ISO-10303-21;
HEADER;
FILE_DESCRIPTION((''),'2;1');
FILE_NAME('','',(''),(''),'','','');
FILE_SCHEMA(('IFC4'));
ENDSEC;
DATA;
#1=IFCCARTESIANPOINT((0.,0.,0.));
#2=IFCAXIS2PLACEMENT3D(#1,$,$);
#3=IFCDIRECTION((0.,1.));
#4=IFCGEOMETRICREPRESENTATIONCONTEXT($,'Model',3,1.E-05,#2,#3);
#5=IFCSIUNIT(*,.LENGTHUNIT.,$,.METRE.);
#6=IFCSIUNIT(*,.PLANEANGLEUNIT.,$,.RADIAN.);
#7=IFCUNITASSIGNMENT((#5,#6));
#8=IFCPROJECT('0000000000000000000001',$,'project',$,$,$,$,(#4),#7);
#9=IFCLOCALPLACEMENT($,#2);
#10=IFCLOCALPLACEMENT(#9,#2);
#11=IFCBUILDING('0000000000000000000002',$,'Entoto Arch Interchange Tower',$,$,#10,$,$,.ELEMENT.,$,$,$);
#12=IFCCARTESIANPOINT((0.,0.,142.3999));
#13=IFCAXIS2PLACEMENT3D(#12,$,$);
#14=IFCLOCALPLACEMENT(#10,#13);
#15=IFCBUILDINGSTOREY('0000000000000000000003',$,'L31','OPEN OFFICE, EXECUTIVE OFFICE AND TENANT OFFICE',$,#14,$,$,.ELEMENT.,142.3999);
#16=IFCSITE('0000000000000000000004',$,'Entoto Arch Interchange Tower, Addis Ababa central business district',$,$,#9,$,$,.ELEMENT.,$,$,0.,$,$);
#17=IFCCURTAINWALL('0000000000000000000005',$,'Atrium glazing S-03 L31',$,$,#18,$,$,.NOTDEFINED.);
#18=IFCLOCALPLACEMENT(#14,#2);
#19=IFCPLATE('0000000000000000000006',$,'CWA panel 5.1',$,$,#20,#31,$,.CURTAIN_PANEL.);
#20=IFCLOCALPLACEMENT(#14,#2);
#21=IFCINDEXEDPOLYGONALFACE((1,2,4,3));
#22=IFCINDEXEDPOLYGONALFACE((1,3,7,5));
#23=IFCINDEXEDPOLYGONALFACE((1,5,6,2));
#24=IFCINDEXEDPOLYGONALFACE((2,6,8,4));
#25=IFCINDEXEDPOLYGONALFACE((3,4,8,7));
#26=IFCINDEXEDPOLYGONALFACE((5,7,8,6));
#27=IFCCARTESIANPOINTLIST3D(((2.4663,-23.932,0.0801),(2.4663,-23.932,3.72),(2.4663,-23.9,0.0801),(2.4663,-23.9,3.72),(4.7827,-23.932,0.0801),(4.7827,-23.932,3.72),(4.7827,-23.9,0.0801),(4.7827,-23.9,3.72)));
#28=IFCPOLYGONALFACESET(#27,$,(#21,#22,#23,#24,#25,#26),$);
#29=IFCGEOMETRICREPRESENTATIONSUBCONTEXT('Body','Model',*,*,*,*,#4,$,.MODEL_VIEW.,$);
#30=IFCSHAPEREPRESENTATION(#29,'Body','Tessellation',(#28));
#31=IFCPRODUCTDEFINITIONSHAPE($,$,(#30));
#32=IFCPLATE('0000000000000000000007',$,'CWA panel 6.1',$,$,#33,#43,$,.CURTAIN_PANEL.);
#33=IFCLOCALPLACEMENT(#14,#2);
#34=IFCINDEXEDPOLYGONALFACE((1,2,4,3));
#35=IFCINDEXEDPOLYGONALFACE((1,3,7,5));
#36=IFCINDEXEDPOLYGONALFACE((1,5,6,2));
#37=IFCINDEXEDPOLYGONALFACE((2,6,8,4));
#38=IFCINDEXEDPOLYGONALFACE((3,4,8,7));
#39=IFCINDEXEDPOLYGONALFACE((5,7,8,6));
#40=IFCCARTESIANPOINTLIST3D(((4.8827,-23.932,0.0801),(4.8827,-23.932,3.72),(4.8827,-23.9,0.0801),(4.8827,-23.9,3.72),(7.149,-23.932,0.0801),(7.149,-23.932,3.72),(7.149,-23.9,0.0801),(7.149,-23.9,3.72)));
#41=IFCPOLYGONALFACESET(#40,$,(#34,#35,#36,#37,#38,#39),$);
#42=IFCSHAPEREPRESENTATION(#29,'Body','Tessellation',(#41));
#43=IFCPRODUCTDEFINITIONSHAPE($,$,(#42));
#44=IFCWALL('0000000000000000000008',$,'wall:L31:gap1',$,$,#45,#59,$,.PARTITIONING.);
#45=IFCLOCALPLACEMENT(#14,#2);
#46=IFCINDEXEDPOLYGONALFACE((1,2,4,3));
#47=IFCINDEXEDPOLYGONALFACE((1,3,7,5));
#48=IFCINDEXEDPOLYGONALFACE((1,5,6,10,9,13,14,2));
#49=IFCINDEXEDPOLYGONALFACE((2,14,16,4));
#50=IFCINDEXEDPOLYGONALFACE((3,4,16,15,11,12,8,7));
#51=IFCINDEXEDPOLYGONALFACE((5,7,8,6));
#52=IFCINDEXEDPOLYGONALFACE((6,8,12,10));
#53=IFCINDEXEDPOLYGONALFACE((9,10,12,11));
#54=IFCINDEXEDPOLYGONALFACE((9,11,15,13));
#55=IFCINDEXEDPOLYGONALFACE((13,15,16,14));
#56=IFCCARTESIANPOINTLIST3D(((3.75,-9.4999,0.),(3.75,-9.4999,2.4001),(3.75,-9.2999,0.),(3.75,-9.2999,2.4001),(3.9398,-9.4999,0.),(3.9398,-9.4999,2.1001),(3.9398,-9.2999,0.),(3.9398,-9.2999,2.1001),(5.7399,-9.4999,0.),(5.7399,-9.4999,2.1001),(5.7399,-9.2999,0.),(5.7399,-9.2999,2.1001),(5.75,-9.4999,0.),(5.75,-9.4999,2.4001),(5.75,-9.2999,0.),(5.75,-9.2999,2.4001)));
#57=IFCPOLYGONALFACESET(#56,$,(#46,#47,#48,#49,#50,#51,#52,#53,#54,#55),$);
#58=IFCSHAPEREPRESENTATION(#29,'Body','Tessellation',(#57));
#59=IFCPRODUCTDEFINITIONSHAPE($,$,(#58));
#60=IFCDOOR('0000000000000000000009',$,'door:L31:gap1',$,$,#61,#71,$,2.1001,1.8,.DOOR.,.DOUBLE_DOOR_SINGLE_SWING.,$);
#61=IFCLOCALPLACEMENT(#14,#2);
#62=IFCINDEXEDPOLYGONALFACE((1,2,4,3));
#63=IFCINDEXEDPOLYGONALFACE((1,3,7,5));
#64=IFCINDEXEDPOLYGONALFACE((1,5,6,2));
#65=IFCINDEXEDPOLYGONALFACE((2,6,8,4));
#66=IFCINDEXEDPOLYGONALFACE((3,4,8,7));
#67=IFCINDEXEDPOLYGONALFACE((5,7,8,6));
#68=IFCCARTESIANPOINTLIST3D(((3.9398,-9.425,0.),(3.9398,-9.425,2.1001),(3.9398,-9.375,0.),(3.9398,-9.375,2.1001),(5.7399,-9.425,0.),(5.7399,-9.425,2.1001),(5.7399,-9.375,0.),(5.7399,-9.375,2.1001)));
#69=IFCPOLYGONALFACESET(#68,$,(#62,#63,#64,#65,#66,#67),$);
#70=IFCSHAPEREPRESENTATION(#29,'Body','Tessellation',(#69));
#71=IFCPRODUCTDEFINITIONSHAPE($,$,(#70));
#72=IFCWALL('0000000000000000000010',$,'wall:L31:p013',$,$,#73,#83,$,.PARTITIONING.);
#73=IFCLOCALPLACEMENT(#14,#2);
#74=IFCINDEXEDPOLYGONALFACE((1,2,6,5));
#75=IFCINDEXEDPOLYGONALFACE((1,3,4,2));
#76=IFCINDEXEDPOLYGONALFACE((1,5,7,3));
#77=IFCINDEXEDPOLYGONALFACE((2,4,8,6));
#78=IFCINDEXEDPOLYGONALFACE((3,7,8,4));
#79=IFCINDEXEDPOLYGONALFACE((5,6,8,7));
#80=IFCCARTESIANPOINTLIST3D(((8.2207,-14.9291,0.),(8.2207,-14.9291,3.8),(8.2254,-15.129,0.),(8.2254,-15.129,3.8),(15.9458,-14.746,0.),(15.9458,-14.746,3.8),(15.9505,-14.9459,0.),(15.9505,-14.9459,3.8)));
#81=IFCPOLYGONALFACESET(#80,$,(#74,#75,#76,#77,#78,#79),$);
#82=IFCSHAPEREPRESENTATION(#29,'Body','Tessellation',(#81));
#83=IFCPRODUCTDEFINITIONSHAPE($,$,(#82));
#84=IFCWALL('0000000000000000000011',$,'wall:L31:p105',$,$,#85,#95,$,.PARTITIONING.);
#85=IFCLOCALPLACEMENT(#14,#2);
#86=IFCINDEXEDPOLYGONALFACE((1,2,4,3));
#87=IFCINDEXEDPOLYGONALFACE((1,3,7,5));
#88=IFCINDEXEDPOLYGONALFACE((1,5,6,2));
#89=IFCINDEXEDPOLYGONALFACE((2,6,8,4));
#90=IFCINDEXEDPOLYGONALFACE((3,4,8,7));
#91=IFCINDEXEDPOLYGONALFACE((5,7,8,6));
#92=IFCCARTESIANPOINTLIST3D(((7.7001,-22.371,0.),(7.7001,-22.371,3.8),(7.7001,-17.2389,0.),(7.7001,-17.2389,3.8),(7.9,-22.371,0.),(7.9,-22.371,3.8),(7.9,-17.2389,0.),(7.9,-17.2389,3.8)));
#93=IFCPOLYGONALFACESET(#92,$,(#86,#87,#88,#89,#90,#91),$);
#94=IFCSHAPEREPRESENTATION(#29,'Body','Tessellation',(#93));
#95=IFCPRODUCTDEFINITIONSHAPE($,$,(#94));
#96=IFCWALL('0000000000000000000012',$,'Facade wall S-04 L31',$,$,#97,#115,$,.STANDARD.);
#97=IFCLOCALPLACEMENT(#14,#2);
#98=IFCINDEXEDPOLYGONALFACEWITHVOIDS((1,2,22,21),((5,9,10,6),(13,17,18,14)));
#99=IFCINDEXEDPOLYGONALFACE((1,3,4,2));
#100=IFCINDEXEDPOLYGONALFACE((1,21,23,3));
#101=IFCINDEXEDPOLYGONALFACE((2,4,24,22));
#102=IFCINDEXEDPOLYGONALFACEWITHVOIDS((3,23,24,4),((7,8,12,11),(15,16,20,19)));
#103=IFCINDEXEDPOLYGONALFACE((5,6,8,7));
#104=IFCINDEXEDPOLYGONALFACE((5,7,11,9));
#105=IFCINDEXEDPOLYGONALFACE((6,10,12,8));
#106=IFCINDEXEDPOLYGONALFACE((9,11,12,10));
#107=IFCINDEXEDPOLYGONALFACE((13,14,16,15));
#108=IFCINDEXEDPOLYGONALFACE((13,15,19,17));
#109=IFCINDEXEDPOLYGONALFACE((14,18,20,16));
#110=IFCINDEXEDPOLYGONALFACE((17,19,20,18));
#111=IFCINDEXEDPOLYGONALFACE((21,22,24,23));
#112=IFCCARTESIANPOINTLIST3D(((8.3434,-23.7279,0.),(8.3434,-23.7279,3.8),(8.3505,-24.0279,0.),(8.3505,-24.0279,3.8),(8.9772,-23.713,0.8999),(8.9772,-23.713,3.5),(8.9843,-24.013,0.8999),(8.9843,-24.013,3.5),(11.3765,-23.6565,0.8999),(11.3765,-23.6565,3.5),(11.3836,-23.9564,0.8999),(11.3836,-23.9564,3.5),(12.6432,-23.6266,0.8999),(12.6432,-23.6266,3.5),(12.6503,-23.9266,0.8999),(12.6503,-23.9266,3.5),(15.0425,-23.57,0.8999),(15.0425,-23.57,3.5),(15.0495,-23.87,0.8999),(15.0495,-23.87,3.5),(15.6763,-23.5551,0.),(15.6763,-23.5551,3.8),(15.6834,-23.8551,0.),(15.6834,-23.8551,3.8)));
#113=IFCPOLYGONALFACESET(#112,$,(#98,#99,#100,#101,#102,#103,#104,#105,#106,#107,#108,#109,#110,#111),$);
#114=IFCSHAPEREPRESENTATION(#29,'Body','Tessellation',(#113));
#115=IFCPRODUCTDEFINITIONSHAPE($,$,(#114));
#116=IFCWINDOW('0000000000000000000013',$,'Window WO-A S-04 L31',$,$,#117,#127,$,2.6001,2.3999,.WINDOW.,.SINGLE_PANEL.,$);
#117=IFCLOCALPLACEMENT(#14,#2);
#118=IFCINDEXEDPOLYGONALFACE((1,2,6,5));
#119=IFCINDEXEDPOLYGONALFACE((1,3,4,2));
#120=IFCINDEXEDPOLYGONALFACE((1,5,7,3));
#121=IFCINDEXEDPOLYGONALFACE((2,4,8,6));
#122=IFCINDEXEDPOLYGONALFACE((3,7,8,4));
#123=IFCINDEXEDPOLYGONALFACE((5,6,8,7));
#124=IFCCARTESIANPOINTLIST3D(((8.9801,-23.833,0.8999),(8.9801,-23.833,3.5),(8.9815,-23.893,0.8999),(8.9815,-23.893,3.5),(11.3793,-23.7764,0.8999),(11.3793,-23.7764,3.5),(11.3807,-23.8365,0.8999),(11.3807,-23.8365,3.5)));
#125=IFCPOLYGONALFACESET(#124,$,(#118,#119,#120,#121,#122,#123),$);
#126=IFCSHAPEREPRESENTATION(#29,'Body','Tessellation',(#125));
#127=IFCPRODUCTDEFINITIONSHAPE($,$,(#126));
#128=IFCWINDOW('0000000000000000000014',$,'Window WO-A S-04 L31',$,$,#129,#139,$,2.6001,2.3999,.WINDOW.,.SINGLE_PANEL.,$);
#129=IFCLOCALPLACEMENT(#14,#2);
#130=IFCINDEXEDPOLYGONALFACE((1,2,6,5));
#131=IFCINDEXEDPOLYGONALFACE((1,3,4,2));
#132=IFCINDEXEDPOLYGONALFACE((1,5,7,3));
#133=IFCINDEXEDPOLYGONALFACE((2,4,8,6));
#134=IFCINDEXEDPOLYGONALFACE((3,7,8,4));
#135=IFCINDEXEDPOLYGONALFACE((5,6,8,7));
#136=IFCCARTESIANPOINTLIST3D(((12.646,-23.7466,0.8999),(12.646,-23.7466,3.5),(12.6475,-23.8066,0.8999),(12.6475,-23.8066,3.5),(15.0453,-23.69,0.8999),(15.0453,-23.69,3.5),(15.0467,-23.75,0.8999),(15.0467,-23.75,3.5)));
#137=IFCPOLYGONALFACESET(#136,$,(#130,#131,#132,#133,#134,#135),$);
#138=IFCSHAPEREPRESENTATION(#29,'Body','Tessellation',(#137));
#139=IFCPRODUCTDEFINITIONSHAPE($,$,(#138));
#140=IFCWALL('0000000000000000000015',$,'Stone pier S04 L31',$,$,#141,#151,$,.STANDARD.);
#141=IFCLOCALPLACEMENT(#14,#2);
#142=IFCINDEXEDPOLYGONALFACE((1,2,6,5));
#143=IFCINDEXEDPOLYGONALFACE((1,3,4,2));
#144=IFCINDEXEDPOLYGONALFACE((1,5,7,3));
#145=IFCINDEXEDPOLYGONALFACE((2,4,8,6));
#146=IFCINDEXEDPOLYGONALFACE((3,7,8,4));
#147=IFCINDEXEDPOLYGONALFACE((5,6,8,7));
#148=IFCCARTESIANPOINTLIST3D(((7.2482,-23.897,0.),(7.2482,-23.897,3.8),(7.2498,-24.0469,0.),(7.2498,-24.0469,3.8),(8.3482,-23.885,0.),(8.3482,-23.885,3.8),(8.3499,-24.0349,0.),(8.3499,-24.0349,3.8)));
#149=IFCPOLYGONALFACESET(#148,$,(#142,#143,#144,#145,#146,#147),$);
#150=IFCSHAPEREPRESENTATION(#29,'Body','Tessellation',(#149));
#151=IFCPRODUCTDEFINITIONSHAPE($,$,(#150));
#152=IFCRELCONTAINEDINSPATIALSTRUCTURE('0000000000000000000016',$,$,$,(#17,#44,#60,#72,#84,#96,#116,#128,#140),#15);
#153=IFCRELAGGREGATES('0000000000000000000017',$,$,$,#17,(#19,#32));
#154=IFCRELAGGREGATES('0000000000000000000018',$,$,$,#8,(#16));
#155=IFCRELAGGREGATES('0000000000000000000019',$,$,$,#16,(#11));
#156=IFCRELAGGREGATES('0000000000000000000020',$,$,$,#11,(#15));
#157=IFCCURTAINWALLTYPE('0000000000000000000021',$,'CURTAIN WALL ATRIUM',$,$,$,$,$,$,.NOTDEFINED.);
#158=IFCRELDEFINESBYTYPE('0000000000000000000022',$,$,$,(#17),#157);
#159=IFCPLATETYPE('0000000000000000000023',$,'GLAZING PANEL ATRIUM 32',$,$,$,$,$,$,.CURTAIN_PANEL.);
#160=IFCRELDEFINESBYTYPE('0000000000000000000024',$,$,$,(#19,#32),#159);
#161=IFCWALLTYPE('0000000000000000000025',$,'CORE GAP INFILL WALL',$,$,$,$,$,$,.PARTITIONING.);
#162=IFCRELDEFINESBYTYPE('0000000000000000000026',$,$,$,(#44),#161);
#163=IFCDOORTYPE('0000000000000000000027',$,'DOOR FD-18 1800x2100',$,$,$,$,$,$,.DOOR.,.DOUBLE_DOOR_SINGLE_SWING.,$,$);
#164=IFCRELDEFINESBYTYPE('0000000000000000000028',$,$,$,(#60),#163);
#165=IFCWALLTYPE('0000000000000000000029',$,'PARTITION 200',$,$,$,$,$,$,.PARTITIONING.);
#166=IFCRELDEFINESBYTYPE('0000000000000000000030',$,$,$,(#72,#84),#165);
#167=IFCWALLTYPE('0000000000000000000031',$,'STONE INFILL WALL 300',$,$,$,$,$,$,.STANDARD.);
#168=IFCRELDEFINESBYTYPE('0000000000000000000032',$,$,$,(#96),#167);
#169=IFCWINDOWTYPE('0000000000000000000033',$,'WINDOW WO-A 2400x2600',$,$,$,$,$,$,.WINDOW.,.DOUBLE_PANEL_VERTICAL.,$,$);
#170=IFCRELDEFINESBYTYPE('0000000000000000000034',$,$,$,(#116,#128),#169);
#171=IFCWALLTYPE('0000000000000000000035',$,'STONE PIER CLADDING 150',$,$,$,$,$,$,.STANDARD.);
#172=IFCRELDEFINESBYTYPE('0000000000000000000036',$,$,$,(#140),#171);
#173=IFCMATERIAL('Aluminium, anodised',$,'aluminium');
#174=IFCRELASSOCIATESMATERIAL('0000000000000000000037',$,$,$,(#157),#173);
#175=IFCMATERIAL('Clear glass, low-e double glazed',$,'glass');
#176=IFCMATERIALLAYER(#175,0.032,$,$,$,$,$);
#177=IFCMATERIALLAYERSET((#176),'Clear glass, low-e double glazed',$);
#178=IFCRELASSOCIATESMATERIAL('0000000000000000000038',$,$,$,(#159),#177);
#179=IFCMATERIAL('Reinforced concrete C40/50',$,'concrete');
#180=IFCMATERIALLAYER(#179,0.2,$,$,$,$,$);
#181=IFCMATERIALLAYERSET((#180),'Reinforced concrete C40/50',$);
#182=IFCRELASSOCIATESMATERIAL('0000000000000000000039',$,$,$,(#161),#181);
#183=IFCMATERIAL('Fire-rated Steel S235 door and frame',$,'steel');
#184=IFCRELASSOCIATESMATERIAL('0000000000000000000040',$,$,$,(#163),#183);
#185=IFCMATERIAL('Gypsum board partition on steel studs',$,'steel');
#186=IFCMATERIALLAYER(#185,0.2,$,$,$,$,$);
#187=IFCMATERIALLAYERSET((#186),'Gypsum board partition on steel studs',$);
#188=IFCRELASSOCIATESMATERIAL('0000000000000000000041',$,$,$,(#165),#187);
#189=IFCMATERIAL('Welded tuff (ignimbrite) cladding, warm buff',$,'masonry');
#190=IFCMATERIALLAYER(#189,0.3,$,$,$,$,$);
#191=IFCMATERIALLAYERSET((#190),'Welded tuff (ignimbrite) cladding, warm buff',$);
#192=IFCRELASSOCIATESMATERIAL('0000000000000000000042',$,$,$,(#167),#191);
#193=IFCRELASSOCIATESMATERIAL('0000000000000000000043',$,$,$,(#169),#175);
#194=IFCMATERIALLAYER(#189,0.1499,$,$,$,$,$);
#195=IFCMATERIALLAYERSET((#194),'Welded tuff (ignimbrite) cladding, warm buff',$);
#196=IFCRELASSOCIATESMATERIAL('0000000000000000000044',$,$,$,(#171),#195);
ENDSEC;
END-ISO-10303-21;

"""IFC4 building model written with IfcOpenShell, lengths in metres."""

from ifc_helpers import new_model, si_unit, direction, frame, frame_2d, origin, origin_2d, place, context, subcontext, project, spatial, rectangle, extrude, material, layer, layer_set, type_object, element, fill, aggregate, save


model = new_model("IFC4")

# Units and contexts
model_context = context("Model", 3, precision=1e-05, world=origin(), true_north=direction((0.0, 1.0)))
body_context = subcontext(model_context, "Body", "Model", "MODEL_VIEW")
ifc_project = project(units=[si_unit("LENGTHUNIT", "METRE"), si_unit("PLANEANGLEUNIT", "RADIAN")], contexts=[model_context])

# Site, building, storey
site_placement = place(None, origin())
site = spatial("IfcSite", under=ifc_project, at=site_placement, Name="Entoto Arch Interchange Tower, Addis Ababa central business district", CompositionType="ELEMENT", RefElevation=0.0)
building_placement = place(site_placement, origin())
building = spatial("IfcBuilding", under=site, at=building_placement, Name="Entoto Arch Interchange Tower", CompositionType="ELEMENT")
storey_placement = place(building_placement, frame((0.0, 0.0, 142.3999)))
storey = spatial("IfcBuildingStorey", under=building, at=storey_placement, Name="L31", Description="OPEN OFFICE, EXECUTIVE OFFICE AND TENANT OFFICE", CompositionType="ELEMENT", Elevation=142.3999)

# Curtain wall, plates
ifc_material_1 = material(Name="Aluminium, anodised", Category="aluminium")
curtain_wall_type = type_object("IfcCurtainWallType", Name="CURTAIN WALL ATRIUM", PredefinedType="NOTDEFINED", material=ifc_material_1)
curtain_wall_placement = place(storey_placement, origin())
curtain_wall = element("IfcCurtainWall", 1, at=curtain_wall_placement, inside=storey, type_object=curtain_wall_type, Name="Atrium glazing S-03 L31", PredefinedType="NOTDEFINED")
ifc_material_2 = material(Name="Clear glass, low-e double glazed", Category="glass")
ifc_layer_1 = layer(ifc_material_2, 0.032)
ifc_layer_set_1 = layer_set([ifc_layer_1], Name="Clear glass, low-e double glazed")
plate_type = type_object("IfcPlateType", Name="GLAZING PANEL ATRIUM 32", PredefinedType="CURTAIN_PANEL", material=ifc_layer_set_1)
plate_1_placement = place(storey_placement, frame((3.6245, -23.916, 0.0801), z_axis=(0.0, 0.0, 1.0), x_axis=(1.0, 0.0, 0.0)))
plate_1 = element("IfcPlate", 2, at=plate_1_placement, type_object=plate_type, Name="CWA panel 5.1", PredefinedType="CURTAIN_PANEL", context=body_context, shape_type="SweptSolid", body=[
    extrude(rectangle(XDim=2.3164, YDim=0.032, at=origin_2d()), origin(), (0.0, 0.0, 1.0), 3.6399),
])
plate_2_placement = place(storey_placement, frame((6.0159, -23.916, 0.0801), z_axis=(0.0, 0.0, 1.0), x_axis=(1.0, 0.0, 0.0)))
plate_2 = element("IfcPlate", 3, at=plate_2_placement, type_object=plate_type, Name="CWA panel 6.1", PredefinedType="CURTAIN_PANEL", context=body_context, shape_type="SweptSolid", body=[
    extrude(rectangle(XDim=2.2664, YDim=0.032, at=origin_2d()), origin(), (0.0, 0.0, 1.0), 3.6399),
])
aggregate(curtain_wall, [plate_1, plate_2])

# Wall, opening, door
ifc_material_3 = material(Name="Reinforced concrete C40/50", Category="concrete")
ifc_layer_2 = layer(ifc_material_3, 0.2)
ifc_layer_set_2 = layer_set([ifc_layer_2], Name="Reinforced concrete C40/50")
wall_type_1 = type_object("IfcWallType", Name="CORE GAP INFILL WALL", PredefinedType="PARTITIONING", material=ifc_layer_set_2)
wall_1_placement = place(storey_placement, frame((3.75, -9.3999, 0.0), z_axis=(0.0, 0.0, 1.0), x_axis=(1.0, 0.0, 0.0)))
wall_1 = element("IfcWall", 4, at=wall_1_placement, inside=storey, type_object=wall_type_1, Name="wall:L31:gap1", PredefinedType="PARTITIONING", context=body_context, shape_type="SweptSolid", body=[
    extrude(rectangle(XDim=2.0, YDim=0.2, at=frame_2d((1.0, 0.0))), origin(), (0.0, 0.0, 1.0), 2.4001),
])
opening_1_placement = place(wall_1_placement, frame((0.1899, 0.0, 0.0)))
opening_1 = element("IfcOpeningElement", 5, at=opening_1_placement, cuts=wall_1, PredefinedType="OPENING", context=body_context, shape_type="SweptSolid", body=[
    extrude(rectangle(XDim=1.8, YDim=2.1001, at=frame_2d((0.8999, 1.05))), frame((0.0, 0.1099, 0.0), z_axis=(0.0, -1.0, 0.0), x_axis=(1.0, 0.0, 0.0)), (0.0, 0.0, 1.0), 0.22),
])
ifc_material_4 = material(Name="Fire-rated Steel S235 door and frame", Category="steel")
door_type = type_object("IfcDoorType", Name="DOOR FD-18 1800x2100", OperationType="DOUBLE_DOOR_SINGLE_SWING", PredefinedType="DOOR", material=ifc_material_4)
door_placement = place(opening_1_placement, origin())
door = element("IfcDoor", 6, at=door_placement, inside=storey, type_object=door_type, Name="door:L31:gap1", OperationType="DOUBLE_DOOR_SINGLE_SWING", OverallHeight=2.1001, OverallWidth=1.8, PredefinedType="DOOR", context=body_context, shape_type="SweptSolid", body=[
    extrude(rectangle(XDim=1.8, YDim=2.1001, at=frame_2d((0.8999, 1.05))), frame((0.0, 0.0249, 0.0), z_axis=(0.0, -1.0, 0.0), x_axis=(1.0, 0.0, 0.0)), (0.0, 0.0, 1.0), 0.05),
])
fill(opening_1, door)

# Walls
ifc_material_5 = material(Name="Gypsum board partition on steel studs", Category="steel")
ifc_layer_3 = layer(ifc_material_5, 0.2)
ifc_layer_set_3 = layer_set([ifc_layer_3], Name="Gypsum board partition on steel studs")
wall_type_2 = type_object("IfcWallType", Name="PARTITION 200", PredefinedType="PARTITIONING", material=ifc_layer_set_3)
wall_2_placement = place(storey_placement, frame((8.2229, -15.0291, 0.0), z_axis=(0.0, 0.0, 1.0), x_axis=(0.999719, 0.023696, 0.0)))
element("IfcWall", 7, at=wall_2_placement, inside=storey, type_object=wall_type_2, Name="wall:L31:p013", PredefinedType="PARTITIONING", context=body_context, shape_type="SweptSolid", body=[
    extrude(rectangle(XDim=7.7273, YDim=0.2, at=frame_2d((3.8638, 0.0))), origin(), (0.0, 0.0, 1.0), 3.8),
])
wall_3_placement = place(storey_placement, frame((7.8, -17.239, 0.0), z_axis=(0.0, 0.0, 1.0), x_axis=(0.0, -1.0, 0.0)))
element("IfcWall", 8, at=wall_3_placement, inside=storey, type_object=wall_type_2, Name="wall:L31:p105", PredefinedType="PARTITIONING", context=body_context, shape_type="SweptSolid", body=[
    extrude(rectangle(XDim=5.1321, YDim=0.2, at=frame_2d((2.5659, 0.0))), origin(), (0.0, 0.0, 1.0), 3.8),
])

# Wall, openings, windows
ifc_material_6 = material(Name="Welded tuff (ignimbrite) cladding, warm buff", Category="masonry")
ifc_layer_4 = layer(ifc_material_6, 0.3)
ifc_layer_set_4 = layer_set([ifc_layer_4], Name="Welded tuff (ignimbrite) cladding, warm buff")
wall_type_3 = type_object("IfcWallType", Name="STONE INFILL WALL 300", PredefinedType="STANDARD", material=ifc_layer_set_4)
wall_4_placement = place(storey_placement, frame((8.3469, -23.8779, 0.0), z_axis=(0.0, 0.0, 1.0), x_axis=(0.999722, 0.023565, 0.0)))
wall_4 = element("IfcWall", 9, at=wall_4_placement, inside=storey, type_object=wall_type_3, Name="Facade wall S-04 L31", PredefinedType="STANDARD", context=body_context, shape_type="SweptSolid", body=[
    extrude(rectangle(XDim=7.335, YDim=0.3, at=frame_2d((3.6675, 0.0))), origin(), (0.0, 0.0, 1.0), 3.8),
])
opening_2_placement = place(wall_4_placement, frame((0.634, 0.0, 0.8999)))
opening_2 = element("IfcOpeningElement", 10, at=opening_2_placement, cuts=wall_4, PredefinedType="OPENING", context=body_context, shape_type="SweptSolid", body=[
    extrude(rectangle(XDim=2.3999, YDim=2.6001, at=frame_2d((1.2, 1.3))), frame((0.0, 0.1602, 0.0), z_axis=(0.0, -1.0, 0.0), x_axis=(1.0, 0.0, 0.0)), (0.0, 0.0, 1.0), 0.3201),
])
opening_3_placement = place(wall_4_placement, frame((4.301, 0.0, 0.8999)))
opening_3 = element("IfcOpeningElement", 11, at=opening_3_placement, cuts=wall_4, PredefinedType="OPENING", context=body_context, shape_type="SweptSolid", body=[
    extrude(rectangle(XDim=2.3999, YDim=2.6001, at=frame_2d((1.2, 1.3))), frame((0.0, 0.1602, 0.0), z_axis=(0.0, -1.0, 0.0), x_axis=(1.0, 0.0, 0.0)), (0.0, 0.0, 1.0), 0.3201),
])
window_type = type_object("IfcWindowType", Name="WINDOW WO-A 2400x2600", PartitioningType="DOUBLE_PANEL_VERTICAL", PredefinedType="WINDOW", material=ifc_material_2)
window_1_placement = place(opening_2_placement, origin())
window_1 = element("IfcWindow", 12, at=window_1_placement, inside=storey, type_object=window_type, Name="Window WO-A S-04 L31", OverallHeight=2.6001, OverallWidth=2.3999, PartitioningType="SINGLE_PANEL", PredefinedType="WINDOW", context=body_context, shape_type="SweptSolid", body=[
    extrude(rectangle(XDim=2.3999, YDim=2.6001, at=frame_2d((1.2, 1.3))), frame((0.0, 0.03, 0.0), z_axis=(0.0, -1.0, 0.0), x_axis=(1.0, 0.0, 0.0)), (0.0, 0.0, 1.0), 0.0601),
])
fill(opening_2, window_1)
window_2_placement = place(opening_3_placement, origin())
window_2 = element("IfcWindow", 13, at=window_2_placement, inside=storey, type_object=window_type, Name="Window WO-A S-04 L31", OverallHeight=2.6001, OverallWidth=2.3999, PartitioningType="SINGLE_PANEL", PredefinedType="WINDOW", context=body_context, shape_type="SweptSolid", body=[
    extrude(rectangle(XDim=2.3999, YDim=2.6001, at=frame_2d((1.2, 1.3))), frame((0.0, 0.03, 0.0), z_axis=(0.0, -1.0, 0.0), x_axis=(1.0, 0.0, 0.0)), (0.0, 0.0, 1.0), 0.0601),
])
fill(opening_3, window_2)

# Wall
ifc_layer_5 = layer(ifc_material_6, 0.1499)
ifc_layer_set_5 = layer_set([ifc_layer_5], Name="Welded tuff (ignimbrite) cladding, warm buff")
wall_type_4 = type_object("IfcWallType", Name="STONE PIER CLADDING 150", PredefinedType="STANDARD", material=ifc_layer_set_5)
wall_5_placement = place(storey_placement, frame((7.249, -23.9719, 0.0), z_axis=(0.0, 0.0, 1.0), x_axis=(0.999941, 0.010874, 0.0)))
element("IfcWall", 14, at=wall_5_placement, inside=storey, type_object=wall_type_4, Name="Stone pier S04 L31", PredefinedType="STANDARD", context=body_context, shape_type="SweptSolid", body=[
    extrude(rectangle(XDim=1.1001, YDim=0.1499, at=frame_2d((0.55, 0.0))), origin(), (0.0, 0.0, 1.0), 3.8),
])

save(model, "model.ifc")
